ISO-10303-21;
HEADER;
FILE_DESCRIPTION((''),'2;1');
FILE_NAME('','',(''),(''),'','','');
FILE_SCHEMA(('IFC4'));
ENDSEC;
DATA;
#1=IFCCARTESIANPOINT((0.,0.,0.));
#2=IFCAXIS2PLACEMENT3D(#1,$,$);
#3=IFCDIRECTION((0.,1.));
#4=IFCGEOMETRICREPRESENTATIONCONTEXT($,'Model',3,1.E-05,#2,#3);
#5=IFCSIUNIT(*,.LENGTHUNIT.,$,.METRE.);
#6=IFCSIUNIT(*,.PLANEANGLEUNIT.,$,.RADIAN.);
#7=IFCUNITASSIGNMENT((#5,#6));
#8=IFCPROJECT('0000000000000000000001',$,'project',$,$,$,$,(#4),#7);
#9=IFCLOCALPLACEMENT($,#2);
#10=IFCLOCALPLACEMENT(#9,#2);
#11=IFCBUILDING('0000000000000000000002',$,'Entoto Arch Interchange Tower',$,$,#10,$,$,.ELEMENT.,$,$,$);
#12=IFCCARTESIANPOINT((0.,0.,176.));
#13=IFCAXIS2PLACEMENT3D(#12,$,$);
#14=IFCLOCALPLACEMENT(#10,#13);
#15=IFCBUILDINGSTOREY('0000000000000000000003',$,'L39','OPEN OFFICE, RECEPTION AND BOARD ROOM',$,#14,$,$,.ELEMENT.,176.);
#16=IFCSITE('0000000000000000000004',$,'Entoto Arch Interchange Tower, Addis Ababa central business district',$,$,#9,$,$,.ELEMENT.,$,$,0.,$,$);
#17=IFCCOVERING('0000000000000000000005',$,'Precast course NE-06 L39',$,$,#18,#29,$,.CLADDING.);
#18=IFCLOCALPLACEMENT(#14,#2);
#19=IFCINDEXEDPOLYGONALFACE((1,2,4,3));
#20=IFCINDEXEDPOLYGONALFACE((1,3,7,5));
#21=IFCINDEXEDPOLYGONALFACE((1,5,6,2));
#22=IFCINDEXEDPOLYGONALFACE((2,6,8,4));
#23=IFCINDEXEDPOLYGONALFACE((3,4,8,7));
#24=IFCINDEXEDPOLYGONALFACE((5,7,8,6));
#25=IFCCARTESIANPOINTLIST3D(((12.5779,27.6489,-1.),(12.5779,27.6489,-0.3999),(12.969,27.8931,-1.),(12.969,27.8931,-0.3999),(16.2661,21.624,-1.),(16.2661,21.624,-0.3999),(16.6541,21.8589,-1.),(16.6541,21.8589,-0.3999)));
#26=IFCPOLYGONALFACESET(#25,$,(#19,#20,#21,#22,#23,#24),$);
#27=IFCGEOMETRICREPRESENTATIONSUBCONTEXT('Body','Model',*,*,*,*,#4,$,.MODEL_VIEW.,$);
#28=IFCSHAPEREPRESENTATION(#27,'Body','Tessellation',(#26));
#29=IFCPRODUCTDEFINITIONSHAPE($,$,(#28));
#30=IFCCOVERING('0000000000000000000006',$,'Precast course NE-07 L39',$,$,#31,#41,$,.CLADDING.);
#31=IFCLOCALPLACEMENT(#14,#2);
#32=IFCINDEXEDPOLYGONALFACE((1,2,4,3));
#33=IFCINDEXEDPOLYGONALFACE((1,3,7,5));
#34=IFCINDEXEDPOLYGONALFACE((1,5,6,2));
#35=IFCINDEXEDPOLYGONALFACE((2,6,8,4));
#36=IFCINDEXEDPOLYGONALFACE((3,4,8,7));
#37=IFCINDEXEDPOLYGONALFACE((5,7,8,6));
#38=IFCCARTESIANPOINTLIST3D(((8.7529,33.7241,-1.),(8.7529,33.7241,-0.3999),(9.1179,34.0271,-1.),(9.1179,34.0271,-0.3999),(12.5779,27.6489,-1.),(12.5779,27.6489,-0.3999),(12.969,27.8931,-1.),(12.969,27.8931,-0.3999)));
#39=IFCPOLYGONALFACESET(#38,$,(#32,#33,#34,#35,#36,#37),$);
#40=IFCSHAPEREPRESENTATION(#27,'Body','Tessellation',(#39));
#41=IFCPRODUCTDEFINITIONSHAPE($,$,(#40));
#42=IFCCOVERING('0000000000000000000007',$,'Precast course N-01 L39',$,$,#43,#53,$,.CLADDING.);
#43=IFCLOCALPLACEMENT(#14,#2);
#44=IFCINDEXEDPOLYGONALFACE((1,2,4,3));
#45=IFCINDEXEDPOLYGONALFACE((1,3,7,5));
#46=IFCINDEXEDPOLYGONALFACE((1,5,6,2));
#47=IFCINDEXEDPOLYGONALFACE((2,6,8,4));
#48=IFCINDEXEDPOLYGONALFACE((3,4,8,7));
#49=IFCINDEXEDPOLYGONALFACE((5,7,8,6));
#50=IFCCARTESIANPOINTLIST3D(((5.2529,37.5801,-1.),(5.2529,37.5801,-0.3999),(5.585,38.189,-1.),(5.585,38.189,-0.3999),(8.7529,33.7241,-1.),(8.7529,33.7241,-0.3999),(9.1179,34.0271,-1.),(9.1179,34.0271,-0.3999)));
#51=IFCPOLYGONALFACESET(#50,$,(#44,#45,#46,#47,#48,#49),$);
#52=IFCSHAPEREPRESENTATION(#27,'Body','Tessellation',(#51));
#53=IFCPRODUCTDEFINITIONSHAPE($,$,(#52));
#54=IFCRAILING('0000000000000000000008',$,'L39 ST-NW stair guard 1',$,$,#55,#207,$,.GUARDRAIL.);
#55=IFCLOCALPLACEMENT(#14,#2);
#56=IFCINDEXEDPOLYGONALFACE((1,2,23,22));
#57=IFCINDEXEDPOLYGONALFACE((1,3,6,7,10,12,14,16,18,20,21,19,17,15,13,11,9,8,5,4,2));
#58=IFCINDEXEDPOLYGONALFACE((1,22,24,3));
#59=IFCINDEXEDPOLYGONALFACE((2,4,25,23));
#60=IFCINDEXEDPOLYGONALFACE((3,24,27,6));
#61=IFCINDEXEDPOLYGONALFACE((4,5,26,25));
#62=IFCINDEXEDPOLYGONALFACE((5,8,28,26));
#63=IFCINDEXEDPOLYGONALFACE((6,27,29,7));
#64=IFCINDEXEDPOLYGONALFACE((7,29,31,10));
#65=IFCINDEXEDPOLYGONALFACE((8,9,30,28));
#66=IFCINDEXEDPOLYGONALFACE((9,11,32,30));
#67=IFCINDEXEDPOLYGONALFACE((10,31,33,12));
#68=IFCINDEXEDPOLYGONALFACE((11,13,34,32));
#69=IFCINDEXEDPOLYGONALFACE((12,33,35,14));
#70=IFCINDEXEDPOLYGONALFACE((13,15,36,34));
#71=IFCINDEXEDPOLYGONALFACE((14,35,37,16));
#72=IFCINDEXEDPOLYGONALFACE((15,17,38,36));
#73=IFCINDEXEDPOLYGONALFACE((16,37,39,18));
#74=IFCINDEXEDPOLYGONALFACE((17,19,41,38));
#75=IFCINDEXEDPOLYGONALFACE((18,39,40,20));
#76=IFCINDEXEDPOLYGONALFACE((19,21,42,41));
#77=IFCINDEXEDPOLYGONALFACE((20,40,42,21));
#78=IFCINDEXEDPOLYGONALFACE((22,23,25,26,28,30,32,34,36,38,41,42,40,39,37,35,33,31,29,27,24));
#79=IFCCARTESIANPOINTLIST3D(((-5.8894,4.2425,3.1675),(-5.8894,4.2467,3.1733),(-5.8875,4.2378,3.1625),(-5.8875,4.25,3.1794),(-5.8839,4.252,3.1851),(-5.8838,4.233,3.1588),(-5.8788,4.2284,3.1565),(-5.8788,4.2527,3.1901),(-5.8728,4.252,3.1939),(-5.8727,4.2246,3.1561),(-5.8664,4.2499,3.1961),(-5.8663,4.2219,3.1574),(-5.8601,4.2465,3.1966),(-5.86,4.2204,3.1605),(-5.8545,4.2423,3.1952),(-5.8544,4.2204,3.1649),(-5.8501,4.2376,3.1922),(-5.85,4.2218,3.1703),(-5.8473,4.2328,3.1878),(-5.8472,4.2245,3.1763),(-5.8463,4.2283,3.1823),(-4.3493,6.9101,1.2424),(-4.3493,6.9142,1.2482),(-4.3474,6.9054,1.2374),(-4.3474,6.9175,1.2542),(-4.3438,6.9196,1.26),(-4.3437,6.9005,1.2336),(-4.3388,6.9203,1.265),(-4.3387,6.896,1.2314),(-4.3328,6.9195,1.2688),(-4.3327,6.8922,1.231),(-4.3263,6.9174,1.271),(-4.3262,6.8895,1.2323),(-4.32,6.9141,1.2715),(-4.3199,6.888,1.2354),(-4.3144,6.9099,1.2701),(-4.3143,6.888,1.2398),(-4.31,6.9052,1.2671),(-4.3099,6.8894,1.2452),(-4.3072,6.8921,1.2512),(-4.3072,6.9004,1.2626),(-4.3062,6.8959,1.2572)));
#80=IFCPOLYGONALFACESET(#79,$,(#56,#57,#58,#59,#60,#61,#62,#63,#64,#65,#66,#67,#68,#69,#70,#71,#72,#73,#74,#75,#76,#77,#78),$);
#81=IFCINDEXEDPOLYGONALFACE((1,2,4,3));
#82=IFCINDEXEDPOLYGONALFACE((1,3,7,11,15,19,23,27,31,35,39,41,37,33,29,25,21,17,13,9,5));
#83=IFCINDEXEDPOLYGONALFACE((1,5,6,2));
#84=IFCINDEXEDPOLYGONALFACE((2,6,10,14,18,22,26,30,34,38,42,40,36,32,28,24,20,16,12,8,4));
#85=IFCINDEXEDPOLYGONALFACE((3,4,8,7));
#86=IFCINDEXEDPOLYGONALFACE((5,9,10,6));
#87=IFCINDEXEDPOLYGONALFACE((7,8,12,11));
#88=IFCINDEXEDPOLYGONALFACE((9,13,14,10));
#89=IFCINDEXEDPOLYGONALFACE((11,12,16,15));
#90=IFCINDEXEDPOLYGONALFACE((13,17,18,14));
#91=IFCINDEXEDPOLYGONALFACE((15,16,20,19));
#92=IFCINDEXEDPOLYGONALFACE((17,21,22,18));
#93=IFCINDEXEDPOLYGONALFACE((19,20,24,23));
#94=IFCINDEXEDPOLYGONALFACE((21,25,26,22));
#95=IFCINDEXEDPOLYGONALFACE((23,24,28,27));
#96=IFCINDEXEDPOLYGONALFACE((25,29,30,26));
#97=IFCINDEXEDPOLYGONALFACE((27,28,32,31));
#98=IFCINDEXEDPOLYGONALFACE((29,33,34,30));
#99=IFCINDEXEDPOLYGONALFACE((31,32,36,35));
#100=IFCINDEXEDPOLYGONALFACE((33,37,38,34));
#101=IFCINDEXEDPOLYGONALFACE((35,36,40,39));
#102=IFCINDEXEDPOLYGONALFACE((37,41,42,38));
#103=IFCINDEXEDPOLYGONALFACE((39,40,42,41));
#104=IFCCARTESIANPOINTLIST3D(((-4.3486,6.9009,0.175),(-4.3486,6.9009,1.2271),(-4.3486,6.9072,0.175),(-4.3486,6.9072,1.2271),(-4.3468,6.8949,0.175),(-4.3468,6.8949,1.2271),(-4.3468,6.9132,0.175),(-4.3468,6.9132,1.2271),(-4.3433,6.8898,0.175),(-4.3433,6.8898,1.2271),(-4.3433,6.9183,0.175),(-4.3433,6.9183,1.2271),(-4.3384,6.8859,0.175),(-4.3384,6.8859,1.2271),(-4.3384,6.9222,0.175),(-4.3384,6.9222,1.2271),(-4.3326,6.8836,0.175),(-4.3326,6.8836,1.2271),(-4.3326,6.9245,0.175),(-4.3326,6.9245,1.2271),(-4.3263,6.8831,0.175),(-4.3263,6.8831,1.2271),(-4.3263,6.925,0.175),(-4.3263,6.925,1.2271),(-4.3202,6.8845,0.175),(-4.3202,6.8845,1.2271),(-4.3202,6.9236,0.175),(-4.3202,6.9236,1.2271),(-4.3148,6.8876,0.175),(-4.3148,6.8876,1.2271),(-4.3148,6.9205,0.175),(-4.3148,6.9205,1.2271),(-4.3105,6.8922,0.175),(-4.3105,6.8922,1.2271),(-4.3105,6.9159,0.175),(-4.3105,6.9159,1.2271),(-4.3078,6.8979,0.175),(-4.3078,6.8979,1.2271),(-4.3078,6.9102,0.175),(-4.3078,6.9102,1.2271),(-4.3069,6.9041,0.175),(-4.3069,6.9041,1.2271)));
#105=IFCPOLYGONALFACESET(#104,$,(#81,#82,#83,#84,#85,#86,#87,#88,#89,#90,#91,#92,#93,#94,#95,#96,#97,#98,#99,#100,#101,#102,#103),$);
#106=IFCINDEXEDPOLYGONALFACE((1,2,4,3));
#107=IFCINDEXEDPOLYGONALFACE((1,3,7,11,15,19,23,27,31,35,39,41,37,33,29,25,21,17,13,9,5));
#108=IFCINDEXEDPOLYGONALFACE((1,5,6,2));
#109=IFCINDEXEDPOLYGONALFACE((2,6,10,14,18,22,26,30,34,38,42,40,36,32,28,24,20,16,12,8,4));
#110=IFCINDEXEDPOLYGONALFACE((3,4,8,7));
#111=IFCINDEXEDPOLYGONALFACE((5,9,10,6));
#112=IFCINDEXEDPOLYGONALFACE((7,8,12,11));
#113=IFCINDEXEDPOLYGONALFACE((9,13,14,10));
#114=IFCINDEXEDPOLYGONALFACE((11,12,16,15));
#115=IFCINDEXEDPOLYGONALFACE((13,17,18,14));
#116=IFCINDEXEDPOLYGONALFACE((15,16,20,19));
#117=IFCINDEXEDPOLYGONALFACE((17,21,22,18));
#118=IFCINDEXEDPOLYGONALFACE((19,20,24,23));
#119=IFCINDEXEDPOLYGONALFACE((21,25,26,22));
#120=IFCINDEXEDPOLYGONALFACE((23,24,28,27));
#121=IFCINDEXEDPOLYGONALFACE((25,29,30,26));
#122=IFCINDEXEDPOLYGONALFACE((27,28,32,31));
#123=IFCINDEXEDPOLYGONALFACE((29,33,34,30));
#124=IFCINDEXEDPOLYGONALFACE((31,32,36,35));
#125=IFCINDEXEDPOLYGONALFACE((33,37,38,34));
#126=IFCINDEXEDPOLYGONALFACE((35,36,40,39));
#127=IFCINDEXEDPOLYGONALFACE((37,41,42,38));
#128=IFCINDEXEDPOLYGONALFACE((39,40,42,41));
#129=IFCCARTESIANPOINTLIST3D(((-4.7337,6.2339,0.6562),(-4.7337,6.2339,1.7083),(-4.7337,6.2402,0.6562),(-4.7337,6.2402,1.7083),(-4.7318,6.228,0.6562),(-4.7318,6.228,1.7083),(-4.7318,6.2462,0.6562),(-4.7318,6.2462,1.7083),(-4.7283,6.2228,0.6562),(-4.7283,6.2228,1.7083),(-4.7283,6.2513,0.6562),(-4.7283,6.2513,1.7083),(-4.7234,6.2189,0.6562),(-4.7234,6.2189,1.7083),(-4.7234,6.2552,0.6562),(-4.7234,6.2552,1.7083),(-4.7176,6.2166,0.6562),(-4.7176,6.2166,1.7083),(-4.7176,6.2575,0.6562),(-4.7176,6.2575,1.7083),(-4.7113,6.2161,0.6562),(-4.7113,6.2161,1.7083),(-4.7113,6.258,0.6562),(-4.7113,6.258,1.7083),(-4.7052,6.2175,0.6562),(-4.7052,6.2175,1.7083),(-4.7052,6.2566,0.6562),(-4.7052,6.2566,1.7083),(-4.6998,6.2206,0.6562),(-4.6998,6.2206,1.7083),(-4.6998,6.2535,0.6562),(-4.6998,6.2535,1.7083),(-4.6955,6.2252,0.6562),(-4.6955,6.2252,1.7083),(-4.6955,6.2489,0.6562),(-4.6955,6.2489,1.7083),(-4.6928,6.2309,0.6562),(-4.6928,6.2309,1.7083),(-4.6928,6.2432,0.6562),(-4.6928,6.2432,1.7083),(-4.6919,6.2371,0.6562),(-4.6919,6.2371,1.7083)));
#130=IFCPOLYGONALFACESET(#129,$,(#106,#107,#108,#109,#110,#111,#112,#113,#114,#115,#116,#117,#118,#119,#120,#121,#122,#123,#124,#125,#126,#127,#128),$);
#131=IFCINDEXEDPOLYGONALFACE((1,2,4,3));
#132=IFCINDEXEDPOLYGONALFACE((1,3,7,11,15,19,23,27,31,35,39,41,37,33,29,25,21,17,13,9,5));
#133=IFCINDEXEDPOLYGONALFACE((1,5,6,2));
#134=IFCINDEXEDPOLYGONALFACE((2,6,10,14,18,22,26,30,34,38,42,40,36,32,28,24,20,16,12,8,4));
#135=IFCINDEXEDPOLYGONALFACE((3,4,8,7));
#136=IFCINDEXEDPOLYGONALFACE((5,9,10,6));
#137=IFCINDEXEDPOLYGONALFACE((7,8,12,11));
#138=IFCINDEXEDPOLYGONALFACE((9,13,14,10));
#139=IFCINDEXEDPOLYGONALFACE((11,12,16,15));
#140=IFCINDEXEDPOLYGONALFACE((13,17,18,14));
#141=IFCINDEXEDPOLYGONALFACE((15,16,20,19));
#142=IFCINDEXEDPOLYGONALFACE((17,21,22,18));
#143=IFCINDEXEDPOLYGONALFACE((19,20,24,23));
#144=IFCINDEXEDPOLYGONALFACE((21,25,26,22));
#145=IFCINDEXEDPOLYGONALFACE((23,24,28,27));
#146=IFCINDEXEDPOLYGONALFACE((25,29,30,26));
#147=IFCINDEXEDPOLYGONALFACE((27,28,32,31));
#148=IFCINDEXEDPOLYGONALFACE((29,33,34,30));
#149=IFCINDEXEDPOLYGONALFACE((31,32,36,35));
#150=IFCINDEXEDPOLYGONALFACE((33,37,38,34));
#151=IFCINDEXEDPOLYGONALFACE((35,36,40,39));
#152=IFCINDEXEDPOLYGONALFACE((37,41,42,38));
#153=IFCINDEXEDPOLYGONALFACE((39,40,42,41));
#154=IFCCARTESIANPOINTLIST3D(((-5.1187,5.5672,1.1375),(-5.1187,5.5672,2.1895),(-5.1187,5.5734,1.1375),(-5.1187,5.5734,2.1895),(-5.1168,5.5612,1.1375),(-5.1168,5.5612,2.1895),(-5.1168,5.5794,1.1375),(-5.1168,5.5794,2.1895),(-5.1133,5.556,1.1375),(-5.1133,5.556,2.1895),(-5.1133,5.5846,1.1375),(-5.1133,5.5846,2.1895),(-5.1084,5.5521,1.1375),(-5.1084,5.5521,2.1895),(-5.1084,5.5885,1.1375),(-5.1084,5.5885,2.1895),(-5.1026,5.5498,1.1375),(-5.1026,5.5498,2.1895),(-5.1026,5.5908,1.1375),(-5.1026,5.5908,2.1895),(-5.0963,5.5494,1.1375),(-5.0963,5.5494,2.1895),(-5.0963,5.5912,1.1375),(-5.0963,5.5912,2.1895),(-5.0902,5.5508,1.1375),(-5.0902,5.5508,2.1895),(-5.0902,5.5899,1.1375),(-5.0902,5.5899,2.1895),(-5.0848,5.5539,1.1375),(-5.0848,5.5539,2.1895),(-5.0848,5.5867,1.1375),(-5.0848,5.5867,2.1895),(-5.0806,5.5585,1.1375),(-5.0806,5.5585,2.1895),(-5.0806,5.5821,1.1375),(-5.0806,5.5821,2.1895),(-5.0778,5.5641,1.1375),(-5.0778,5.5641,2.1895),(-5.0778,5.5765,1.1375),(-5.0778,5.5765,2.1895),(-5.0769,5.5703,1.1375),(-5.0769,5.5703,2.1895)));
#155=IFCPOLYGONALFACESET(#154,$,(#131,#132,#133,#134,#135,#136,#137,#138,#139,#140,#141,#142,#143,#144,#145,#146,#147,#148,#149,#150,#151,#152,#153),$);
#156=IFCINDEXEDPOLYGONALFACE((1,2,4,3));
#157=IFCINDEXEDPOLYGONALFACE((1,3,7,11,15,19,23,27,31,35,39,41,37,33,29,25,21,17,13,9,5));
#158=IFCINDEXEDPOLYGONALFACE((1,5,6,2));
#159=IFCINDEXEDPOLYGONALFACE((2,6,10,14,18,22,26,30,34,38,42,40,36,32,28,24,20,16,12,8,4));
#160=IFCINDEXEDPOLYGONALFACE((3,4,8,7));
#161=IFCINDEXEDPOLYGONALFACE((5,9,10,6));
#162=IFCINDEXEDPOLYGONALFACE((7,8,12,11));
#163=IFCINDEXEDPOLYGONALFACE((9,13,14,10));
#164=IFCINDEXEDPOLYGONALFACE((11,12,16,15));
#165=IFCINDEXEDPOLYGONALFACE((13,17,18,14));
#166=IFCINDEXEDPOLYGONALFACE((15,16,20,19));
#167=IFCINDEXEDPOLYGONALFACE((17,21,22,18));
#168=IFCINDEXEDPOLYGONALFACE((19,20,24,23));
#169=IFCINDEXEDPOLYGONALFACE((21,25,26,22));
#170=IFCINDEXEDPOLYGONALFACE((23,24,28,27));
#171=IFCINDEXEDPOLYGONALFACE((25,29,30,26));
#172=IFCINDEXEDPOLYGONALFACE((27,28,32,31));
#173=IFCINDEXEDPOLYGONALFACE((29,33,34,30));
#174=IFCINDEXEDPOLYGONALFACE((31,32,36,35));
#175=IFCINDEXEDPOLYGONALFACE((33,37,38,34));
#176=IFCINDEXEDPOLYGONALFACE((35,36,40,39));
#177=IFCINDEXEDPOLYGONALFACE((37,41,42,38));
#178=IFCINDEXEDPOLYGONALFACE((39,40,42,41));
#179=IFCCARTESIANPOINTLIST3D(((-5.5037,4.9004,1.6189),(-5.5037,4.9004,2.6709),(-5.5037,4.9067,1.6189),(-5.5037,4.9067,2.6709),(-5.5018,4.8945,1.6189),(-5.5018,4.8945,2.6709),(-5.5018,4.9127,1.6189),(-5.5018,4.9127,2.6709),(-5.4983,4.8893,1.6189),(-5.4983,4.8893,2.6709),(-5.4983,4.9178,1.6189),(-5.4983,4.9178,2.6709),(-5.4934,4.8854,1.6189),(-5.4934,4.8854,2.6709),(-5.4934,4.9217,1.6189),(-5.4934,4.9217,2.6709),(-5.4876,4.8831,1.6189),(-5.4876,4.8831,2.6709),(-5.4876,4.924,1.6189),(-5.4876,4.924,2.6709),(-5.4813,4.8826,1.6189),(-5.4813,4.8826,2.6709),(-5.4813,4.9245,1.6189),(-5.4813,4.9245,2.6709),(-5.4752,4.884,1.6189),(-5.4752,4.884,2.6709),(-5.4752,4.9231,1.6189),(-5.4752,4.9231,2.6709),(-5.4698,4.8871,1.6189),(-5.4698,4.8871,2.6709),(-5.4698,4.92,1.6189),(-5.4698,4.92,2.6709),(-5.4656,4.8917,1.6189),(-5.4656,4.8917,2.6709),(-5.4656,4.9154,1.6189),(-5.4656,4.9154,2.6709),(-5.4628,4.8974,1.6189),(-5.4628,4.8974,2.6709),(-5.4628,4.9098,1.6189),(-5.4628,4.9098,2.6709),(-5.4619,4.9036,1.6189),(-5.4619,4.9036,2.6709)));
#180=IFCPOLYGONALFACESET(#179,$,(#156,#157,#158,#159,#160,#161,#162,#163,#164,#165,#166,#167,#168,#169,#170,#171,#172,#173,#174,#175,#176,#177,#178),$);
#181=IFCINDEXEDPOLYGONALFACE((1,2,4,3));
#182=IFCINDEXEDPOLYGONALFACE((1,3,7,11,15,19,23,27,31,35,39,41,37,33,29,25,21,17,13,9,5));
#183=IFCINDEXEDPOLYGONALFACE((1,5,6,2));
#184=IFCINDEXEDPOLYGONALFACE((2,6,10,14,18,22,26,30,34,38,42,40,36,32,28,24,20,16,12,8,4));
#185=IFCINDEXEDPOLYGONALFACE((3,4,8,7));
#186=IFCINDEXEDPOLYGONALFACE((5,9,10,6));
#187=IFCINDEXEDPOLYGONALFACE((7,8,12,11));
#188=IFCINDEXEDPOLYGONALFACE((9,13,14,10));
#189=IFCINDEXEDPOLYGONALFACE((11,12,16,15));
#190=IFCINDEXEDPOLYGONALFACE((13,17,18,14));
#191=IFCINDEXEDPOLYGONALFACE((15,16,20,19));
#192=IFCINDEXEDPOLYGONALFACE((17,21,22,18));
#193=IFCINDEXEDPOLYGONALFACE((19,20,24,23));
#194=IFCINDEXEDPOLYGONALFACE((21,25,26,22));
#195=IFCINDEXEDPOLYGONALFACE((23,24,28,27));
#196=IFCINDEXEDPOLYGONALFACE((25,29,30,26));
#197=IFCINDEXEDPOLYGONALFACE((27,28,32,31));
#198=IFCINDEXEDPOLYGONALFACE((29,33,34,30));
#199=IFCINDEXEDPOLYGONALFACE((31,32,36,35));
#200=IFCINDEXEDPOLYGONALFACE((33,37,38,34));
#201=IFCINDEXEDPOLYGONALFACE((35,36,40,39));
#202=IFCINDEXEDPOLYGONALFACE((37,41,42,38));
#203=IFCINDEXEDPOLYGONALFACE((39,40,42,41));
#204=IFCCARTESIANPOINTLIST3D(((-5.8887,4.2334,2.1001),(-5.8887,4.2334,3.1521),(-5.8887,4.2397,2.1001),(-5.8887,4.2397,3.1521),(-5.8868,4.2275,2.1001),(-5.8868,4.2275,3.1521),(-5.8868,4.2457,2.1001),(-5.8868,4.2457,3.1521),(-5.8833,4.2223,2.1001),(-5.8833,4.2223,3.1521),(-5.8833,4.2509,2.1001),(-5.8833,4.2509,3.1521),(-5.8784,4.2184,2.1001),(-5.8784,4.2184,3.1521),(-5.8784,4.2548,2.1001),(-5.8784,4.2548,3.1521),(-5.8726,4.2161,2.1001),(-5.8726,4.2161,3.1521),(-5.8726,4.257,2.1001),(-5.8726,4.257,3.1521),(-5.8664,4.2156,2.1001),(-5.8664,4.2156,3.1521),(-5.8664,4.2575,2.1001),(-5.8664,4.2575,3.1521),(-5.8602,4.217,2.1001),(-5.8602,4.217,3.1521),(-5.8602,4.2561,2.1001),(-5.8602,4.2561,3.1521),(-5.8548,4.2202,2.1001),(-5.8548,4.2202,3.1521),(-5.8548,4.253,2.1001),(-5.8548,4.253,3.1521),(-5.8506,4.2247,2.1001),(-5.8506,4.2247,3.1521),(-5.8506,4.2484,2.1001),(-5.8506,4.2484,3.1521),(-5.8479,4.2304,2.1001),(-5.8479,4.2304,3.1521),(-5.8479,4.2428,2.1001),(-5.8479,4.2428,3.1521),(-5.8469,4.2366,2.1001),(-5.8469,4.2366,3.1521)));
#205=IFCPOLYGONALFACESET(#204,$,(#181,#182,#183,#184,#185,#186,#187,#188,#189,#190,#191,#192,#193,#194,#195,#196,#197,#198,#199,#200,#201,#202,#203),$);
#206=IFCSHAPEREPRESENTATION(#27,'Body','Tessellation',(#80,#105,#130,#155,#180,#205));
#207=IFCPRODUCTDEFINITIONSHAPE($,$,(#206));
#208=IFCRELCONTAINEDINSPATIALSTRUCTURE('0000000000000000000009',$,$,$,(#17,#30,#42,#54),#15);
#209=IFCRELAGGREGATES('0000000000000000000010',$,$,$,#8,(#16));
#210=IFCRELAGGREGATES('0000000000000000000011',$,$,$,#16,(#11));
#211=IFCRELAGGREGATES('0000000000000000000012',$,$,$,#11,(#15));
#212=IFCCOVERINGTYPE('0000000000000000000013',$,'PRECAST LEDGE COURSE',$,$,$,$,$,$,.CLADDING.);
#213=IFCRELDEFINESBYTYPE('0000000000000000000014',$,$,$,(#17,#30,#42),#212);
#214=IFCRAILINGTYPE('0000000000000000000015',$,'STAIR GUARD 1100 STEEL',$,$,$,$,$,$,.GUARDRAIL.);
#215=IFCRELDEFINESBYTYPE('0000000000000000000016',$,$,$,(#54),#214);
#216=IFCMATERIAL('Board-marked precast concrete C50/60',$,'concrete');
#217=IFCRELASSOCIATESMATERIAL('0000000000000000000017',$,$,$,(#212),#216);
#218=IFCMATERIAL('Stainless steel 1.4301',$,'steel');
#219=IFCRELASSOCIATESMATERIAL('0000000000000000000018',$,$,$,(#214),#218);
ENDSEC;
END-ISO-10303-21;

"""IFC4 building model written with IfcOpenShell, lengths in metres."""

from ifc_helpers import new_model, si_unit, direction, frame, origin, origin_2d, place, context, subcontext, project, spatial, polyline, circle, outline, extrude, material, type_object, element, save


model = new_model("IFC4")

# Units and contexts
model_context = context("Model", 3, precision=1e-05, world=origin(), true_north=direction((0.0, 1.0)))
body_context = subcontext(model_context, "Body", "Model", "MODEL_VIEW")
ifc_project = project(units=[si_unit("LENGTHUNIT", "METRE"), si_unit("PLANEANGLEUNIT", "RADIAN")], contexts=[model_context])

# Site, building, storey
site_placement = place(None, origin())
site = spatial("IfcSite", under=ifc_project, at=site_placement, Name="Entoto Arch Interchange Tower, Addis Ababa central business district", CompositionType="ELEMENT", RefElevation=0.0)
building_placement = place(site_placement, origin())
building = spatial("IfcBuilding", under=site, at=building_placement, Name="Entoto Arch Interchange Tower", CompositionType="ELEMENT")
storey_placement = place(building_placement, frame((0.0, 0.0, 176.0)))
storey = spatial("IfcBuildingStorey", under=building, at=storey_placement, Name="L39", Description="OPEN OFFICE, RECEPTION AND BOARD ROOM", CompositionType="ELEMENT", Elevation=176.0)

# Coverings
ifc_material_1 = material(Name="Board-marked precast concrete C50/60", Category="concrete")
covering_type = type_object("IfcCoveringType", Name="PRECAST LEDGE COURSE", PredefinedType="CLADDING", material=ifc_material_1)
covering_1_placement = place(storey_placement, frame((0.0, 0.0, -1.0)))
element("IfcCovering", 1, at=covering_1_placement, inside=storey, type_object=covering_type, Name="Precast course NE-06 L39", PredefinedType="CLADDING", context=body_context, shape_type="SweptSolid", body=[
    extrude(outline(polyline([(12.5779, 27.6489), (12.969, 27.8931), (16.6541, 21.8589), (16.2661, 21.624), (12.5779, 27.6489)])), origin(), (0.0, 0.0, 1.0), 0.6001),
])
covering_2_placement = place(storey_placement, frame((0.0, 0.0, -1.0)))
element("IfcCovering", 2, at=covering_2_placement, inside=storey, type_object=covering_type, Name="Precast course NE-07 L39", PredefinedType="CLADDING", context=body_context, shape_type="SweptSolid", body=[
    extrude(outline(polyline([(8.7529, 33.7241), (9.1179, 34.0271), (12.969, 27.8931), (12.5779, 27.6489), (8.7529, 33.7241)])), origin(), (0.0, 0.0, 1.0), 0.6001),
])
covering_3_placement = place(storey_placement, frame((0.0, 0.0, -1.0)))
element("IfcCovering", 3, at=covering_3_placement, inside=storey, type_object=covering_type, Name="Precast course N-01 L39", PredefinedType="CLADDING", context=body_context, shape_type="SweptSolid", body=[
    extrude(outline(polyline([(5.2529, 37.5801), (5.585, 38.189), (9.1179, 34.0271), (8.7529, 33.7241), (5.2529, 37.5801)])), origin(), (0.0, 0.0, 1.0), 0.6001),
])

# Railing
ifc_material_2 = material(Name="Stainless steel 1.4301", Category="steel")
railing_type_1 = type_object("IfcRailingType", Name="STAIR GUARD 1100 STEEL", PredefinedType="GUARDRAIL", material=ifc_material_2)
railing_1_placement = place(storey_placement, frame((-4.3279, 6.9041, 0.175)))
element("IfcRailing", 4, at=railing_1_placement, inside=storey, type_object=railing_type_1, Name="L39 ST-NW stair guard 1", PredefinedType="GUARDRAIL", context=body_context, shape_type="SweptSolid", body=[
    extrude(circle(Radius=0.0239, at=origin_2d()), frame((0.0, 0.0, 1.0762), z_axis=(-0.423994, -0.734395, 0.529993), x_axis=(0.86603, -0.499992, 0.0)), (0.0, 0.0, 1.0), 3.6323),
    extrude(circle(Radius=0.021, at=origin_2d()), origin(), (0.0, 0.0, 1.0), 1.052),
    extrude(circle(Radius=0.021, at=origin_2d()), frame((-0.385, -0.667, 0.4812)), (0.0, 0.0, 1.0), 1.052),
    extrude(circle(Radius=0.021, at=origin_2d()), frame((-0.77, -1.3337, 0.9624)), (0.0, 0.0, 1.0), 1.052),
    extrude(circle(Radius=0.021, at=origin_2d()), frame((-1.155, -2.0005, 1.4438)), (0.0, 0.0, 1.0), 1.052),
    extrude(circle(Radius=0.021, at=origin_2d()), frame((-1.54, -2.6675, 1.925)), (0.0, 0.0, 1.0), 1.052),
])

save(model, "model.ifc")
